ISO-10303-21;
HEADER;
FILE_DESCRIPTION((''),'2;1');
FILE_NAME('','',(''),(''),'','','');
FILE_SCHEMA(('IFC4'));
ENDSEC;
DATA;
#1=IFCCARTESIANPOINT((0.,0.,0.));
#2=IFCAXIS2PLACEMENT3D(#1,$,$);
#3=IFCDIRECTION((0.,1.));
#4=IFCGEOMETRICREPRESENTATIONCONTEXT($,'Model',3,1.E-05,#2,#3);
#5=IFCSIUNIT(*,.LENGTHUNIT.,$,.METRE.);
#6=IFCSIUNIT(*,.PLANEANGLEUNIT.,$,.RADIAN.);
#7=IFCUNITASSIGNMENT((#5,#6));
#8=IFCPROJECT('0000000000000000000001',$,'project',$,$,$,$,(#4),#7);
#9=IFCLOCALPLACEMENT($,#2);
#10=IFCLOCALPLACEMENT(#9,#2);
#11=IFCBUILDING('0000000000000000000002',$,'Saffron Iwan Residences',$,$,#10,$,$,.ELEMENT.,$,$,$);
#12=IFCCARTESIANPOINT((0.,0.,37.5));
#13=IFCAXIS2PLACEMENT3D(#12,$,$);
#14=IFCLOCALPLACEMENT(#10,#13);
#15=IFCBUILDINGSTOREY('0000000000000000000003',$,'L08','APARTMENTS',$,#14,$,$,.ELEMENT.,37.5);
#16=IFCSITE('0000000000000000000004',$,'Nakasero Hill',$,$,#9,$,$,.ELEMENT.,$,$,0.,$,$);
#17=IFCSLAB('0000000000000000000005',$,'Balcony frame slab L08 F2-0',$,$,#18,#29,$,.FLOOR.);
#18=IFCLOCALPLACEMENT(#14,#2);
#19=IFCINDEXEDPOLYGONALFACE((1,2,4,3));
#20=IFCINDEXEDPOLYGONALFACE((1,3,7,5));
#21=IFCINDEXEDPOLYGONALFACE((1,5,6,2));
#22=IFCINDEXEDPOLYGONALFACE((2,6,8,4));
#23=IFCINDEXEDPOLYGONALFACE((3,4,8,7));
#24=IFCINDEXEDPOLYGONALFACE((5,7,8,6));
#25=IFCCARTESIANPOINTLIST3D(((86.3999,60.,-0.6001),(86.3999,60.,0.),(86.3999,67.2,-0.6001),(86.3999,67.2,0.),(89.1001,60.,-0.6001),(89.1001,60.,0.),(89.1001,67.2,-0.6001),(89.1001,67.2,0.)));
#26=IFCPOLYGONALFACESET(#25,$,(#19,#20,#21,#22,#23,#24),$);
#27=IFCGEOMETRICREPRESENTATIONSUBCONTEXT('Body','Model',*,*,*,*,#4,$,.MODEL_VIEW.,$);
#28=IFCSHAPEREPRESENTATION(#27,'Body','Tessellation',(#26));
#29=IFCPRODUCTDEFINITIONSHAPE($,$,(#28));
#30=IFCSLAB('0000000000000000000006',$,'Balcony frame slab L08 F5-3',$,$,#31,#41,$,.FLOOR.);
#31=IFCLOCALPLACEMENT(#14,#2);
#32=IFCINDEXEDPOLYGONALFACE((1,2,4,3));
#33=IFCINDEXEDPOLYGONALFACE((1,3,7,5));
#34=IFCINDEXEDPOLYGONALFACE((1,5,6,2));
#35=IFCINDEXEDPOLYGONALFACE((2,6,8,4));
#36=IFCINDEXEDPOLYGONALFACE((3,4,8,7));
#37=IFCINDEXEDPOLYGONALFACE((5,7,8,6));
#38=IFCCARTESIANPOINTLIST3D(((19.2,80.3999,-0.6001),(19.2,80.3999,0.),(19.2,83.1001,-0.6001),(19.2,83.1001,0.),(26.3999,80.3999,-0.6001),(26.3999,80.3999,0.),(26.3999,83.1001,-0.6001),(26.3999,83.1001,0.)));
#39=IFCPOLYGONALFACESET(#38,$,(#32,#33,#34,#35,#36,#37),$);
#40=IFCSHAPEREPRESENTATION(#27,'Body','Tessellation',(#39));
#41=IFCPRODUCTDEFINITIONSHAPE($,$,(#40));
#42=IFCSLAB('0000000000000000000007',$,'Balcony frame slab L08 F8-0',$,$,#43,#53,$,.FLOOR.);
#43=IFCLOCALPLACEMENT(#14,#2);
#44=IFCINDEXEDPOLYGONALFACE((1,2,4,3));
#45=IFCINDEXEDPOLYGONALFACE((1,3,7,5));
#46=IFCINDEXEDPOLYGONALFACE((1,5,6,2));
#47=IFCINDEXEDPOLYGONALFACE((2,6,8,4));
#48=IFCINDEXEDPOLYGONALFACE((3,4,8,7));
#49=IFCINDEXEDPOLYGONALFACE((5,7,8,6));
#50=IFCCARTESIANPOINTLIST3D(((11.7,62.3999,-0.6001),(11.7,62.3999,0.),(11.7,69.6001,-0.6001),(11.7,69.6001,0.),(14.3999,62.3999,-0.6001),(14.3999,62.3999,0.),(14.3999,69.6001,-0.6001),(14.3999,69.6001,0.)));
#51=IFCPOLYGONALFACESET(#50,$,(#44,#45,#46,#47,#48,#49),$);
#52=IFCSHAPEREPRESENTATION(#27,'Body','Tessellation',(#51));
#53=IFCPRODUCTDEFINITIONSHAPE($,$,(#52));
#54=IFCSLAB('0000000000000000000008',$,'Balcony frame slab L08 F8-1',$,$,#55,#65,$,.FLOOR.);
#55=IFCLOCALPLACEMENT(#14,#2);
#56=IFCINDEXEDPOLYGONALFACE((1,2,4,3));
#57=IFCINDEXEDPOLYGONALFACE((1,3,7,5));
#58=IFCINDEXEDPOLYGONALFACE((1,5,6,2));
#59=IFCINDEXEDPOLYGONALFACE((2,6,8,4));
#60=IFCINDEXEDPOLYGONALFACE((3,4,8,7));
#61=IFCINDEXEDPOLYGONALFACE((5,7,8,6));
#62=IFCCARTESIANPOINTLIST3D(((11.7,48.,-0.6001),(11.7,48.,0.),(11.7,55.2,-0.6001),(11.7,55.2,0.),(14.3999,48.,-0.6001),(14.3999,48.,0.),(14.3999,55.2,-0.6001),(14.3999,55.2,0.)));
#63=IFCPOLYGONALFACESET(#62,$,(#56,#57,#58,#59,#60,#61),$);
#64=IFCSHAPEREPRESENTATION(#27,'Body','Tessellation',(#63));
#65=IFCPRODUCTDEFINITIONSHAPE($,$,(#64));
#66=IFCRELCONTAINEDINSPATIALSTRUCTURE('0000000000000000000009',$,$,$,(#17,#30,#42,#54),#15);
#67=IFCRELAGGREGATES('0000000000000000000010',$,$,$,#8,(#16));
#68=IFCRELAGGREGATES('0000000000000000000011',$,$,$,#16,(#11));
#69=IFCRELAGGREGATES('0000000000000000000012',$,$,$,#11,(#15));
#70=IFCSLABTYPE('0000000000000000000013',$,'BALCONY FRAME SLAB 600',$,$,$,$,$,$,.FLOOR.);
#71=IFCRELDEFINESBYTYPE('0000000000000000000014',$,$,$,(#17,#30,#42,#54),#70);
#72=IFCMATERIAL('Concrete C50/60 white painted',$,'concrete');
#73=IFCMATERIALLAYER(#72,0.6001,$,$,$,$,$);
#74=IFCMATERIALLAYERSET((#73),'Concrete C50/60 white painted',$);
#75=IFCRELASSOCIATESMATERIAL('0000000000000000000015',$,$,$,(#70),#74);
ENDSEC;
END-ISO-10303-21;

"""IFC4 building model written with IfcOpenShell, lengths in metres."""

from ifc_helpers import new_model, si_unit, direction, frame, origin, place, context, subcontext, project, spatial, polyline, outline, extrude, material, layer, layer_set, type_object, element, save


model = new_model("IFC4")

# Units and contexts
model_context = context("Model", 3, precision=1e-05, world=origin(), true_north=direction((0.0, 1.0)))
body_context = subcontext(model_context, "Body", "Model", "MODEL_VIEW")
ifc_project = project(units=[si_unit("LENGTHUNIT", "METRE"), si_unit("PLANEANGLEUNIT", "RADIAN")], contexts=[model_context])

# Site, building, storey
site_placement = place(None, origin())
site = spatial("IfcSite", under=ifc_project, at=site_placement, Name="Nakasero Hill", CompositionType="ELEMENT", RefElevation=0.0)
building_placement = place(site_placement, origin())
building = spatial("IfcBuilding", under=site, at=building_placement, Name="Saffron Iwan Residences", CompositionType="ELEMENT")
storey_placement = place(building_placement, frame((0.0, 0.0, 37.5)))
storey = spatial("IfcBuildingStorey", under=building, at=storey_placement, Name="L08", Description="APARTMENTS", CompositionType="ELEMENT", Elevation=37.5)

# Slabs
ifc_material_1 = material(Name="Concrete C50/60 white painted", Category="concrete")
ifc_layer_1 = layer(ifc_material_1, 0.6001)
ifc_layer_set_1 = layer_set([ifc_layer_1], Name="Concrete C50/60 white painted")
slab_type_1 = type_object("IfcSlabType", Name="BALCONY FRAME SLAB 600", PredefinedType="FLOOR", material=ifc_layer_set_1)
slab_1_placement = place(storey_placement, frame((0.0, 0.0, -0.6001)))
element("IfcSlab", 1, at=slab_1_placement, inside=storey, type_object=slab_type_1, Name="Balcony frame slab L08 F2-0", PredefinedType="FLOOR", context=body_context, shape_type="SweptSolid", body=[
    extrude(outline(polyline([(89.1001, 60.0), (89.1001, 67.2), (86.3999, 67.2), (86.3999, 60.0), (89.1001, 60.0)])), origin(), (0.0, 0.0, 1.0), 0.6001),
])
slab_2_placement = place(storey_placement, frame((0.0, 0.0, -0.6001)))
element("IfcSlab", 2, at=slab_2_placement, inside=storey, type_object=slab_type_1, Name="Balcony frame slab L08 F5-3", PredefinedType="FLOOR", context=body_context, shape_type="SweptSolid", body=[
    extrude(outline(polyline([(26.3999, 83.1001), (19.2, 83.1001), (19.2, 80.3999), (26.3999, 80.3999), (26.3999, 83.1001)])), origin(), (0.0, 0.0, 1.0), 0.6001),
])
slab_3_placement = place(storey_placement, frame((0.0, 0.0, -0.6001)))
element("IfcSlab", 3, at=slab_3_placement, inside=storey, type_object=slab_type_1, Name="Balcony frame slab L08 F8-0", PredefinedType="FLOOR", context=body_context, shape_type="SweptSolid", body=[
    extrude(outline(polyline([(11.7, 69.6001), (11.7, 62.3999), (14.3999, 62.3999), (14.3999, 69.6001), (11.7, 69.6001)])), origin(), (0.0, 0.0, 1.0), 0.6001),
])
slab_4_placement = place(storey_placement, frame((0.0, 0.0, -0.6001)))
element("IfcSlab", 4, at=slab_4_placement, inside=storey, type_object=slab_type_1, Name="Balcony frame slab L08 F8-1", PredefinedType="FLOOR", context=body_context, shape_type="SweptSolid", body=[
    extrude(outline(polyline([(11.7, 55.2), (11.7, 48.0), (14.3999, 48.0), (14.3999, 55.2), (11.7, 55.2)])), origin(), (0.0, 0.0, 1.0), 0.6001),
])

save(model, "model.ifc")
